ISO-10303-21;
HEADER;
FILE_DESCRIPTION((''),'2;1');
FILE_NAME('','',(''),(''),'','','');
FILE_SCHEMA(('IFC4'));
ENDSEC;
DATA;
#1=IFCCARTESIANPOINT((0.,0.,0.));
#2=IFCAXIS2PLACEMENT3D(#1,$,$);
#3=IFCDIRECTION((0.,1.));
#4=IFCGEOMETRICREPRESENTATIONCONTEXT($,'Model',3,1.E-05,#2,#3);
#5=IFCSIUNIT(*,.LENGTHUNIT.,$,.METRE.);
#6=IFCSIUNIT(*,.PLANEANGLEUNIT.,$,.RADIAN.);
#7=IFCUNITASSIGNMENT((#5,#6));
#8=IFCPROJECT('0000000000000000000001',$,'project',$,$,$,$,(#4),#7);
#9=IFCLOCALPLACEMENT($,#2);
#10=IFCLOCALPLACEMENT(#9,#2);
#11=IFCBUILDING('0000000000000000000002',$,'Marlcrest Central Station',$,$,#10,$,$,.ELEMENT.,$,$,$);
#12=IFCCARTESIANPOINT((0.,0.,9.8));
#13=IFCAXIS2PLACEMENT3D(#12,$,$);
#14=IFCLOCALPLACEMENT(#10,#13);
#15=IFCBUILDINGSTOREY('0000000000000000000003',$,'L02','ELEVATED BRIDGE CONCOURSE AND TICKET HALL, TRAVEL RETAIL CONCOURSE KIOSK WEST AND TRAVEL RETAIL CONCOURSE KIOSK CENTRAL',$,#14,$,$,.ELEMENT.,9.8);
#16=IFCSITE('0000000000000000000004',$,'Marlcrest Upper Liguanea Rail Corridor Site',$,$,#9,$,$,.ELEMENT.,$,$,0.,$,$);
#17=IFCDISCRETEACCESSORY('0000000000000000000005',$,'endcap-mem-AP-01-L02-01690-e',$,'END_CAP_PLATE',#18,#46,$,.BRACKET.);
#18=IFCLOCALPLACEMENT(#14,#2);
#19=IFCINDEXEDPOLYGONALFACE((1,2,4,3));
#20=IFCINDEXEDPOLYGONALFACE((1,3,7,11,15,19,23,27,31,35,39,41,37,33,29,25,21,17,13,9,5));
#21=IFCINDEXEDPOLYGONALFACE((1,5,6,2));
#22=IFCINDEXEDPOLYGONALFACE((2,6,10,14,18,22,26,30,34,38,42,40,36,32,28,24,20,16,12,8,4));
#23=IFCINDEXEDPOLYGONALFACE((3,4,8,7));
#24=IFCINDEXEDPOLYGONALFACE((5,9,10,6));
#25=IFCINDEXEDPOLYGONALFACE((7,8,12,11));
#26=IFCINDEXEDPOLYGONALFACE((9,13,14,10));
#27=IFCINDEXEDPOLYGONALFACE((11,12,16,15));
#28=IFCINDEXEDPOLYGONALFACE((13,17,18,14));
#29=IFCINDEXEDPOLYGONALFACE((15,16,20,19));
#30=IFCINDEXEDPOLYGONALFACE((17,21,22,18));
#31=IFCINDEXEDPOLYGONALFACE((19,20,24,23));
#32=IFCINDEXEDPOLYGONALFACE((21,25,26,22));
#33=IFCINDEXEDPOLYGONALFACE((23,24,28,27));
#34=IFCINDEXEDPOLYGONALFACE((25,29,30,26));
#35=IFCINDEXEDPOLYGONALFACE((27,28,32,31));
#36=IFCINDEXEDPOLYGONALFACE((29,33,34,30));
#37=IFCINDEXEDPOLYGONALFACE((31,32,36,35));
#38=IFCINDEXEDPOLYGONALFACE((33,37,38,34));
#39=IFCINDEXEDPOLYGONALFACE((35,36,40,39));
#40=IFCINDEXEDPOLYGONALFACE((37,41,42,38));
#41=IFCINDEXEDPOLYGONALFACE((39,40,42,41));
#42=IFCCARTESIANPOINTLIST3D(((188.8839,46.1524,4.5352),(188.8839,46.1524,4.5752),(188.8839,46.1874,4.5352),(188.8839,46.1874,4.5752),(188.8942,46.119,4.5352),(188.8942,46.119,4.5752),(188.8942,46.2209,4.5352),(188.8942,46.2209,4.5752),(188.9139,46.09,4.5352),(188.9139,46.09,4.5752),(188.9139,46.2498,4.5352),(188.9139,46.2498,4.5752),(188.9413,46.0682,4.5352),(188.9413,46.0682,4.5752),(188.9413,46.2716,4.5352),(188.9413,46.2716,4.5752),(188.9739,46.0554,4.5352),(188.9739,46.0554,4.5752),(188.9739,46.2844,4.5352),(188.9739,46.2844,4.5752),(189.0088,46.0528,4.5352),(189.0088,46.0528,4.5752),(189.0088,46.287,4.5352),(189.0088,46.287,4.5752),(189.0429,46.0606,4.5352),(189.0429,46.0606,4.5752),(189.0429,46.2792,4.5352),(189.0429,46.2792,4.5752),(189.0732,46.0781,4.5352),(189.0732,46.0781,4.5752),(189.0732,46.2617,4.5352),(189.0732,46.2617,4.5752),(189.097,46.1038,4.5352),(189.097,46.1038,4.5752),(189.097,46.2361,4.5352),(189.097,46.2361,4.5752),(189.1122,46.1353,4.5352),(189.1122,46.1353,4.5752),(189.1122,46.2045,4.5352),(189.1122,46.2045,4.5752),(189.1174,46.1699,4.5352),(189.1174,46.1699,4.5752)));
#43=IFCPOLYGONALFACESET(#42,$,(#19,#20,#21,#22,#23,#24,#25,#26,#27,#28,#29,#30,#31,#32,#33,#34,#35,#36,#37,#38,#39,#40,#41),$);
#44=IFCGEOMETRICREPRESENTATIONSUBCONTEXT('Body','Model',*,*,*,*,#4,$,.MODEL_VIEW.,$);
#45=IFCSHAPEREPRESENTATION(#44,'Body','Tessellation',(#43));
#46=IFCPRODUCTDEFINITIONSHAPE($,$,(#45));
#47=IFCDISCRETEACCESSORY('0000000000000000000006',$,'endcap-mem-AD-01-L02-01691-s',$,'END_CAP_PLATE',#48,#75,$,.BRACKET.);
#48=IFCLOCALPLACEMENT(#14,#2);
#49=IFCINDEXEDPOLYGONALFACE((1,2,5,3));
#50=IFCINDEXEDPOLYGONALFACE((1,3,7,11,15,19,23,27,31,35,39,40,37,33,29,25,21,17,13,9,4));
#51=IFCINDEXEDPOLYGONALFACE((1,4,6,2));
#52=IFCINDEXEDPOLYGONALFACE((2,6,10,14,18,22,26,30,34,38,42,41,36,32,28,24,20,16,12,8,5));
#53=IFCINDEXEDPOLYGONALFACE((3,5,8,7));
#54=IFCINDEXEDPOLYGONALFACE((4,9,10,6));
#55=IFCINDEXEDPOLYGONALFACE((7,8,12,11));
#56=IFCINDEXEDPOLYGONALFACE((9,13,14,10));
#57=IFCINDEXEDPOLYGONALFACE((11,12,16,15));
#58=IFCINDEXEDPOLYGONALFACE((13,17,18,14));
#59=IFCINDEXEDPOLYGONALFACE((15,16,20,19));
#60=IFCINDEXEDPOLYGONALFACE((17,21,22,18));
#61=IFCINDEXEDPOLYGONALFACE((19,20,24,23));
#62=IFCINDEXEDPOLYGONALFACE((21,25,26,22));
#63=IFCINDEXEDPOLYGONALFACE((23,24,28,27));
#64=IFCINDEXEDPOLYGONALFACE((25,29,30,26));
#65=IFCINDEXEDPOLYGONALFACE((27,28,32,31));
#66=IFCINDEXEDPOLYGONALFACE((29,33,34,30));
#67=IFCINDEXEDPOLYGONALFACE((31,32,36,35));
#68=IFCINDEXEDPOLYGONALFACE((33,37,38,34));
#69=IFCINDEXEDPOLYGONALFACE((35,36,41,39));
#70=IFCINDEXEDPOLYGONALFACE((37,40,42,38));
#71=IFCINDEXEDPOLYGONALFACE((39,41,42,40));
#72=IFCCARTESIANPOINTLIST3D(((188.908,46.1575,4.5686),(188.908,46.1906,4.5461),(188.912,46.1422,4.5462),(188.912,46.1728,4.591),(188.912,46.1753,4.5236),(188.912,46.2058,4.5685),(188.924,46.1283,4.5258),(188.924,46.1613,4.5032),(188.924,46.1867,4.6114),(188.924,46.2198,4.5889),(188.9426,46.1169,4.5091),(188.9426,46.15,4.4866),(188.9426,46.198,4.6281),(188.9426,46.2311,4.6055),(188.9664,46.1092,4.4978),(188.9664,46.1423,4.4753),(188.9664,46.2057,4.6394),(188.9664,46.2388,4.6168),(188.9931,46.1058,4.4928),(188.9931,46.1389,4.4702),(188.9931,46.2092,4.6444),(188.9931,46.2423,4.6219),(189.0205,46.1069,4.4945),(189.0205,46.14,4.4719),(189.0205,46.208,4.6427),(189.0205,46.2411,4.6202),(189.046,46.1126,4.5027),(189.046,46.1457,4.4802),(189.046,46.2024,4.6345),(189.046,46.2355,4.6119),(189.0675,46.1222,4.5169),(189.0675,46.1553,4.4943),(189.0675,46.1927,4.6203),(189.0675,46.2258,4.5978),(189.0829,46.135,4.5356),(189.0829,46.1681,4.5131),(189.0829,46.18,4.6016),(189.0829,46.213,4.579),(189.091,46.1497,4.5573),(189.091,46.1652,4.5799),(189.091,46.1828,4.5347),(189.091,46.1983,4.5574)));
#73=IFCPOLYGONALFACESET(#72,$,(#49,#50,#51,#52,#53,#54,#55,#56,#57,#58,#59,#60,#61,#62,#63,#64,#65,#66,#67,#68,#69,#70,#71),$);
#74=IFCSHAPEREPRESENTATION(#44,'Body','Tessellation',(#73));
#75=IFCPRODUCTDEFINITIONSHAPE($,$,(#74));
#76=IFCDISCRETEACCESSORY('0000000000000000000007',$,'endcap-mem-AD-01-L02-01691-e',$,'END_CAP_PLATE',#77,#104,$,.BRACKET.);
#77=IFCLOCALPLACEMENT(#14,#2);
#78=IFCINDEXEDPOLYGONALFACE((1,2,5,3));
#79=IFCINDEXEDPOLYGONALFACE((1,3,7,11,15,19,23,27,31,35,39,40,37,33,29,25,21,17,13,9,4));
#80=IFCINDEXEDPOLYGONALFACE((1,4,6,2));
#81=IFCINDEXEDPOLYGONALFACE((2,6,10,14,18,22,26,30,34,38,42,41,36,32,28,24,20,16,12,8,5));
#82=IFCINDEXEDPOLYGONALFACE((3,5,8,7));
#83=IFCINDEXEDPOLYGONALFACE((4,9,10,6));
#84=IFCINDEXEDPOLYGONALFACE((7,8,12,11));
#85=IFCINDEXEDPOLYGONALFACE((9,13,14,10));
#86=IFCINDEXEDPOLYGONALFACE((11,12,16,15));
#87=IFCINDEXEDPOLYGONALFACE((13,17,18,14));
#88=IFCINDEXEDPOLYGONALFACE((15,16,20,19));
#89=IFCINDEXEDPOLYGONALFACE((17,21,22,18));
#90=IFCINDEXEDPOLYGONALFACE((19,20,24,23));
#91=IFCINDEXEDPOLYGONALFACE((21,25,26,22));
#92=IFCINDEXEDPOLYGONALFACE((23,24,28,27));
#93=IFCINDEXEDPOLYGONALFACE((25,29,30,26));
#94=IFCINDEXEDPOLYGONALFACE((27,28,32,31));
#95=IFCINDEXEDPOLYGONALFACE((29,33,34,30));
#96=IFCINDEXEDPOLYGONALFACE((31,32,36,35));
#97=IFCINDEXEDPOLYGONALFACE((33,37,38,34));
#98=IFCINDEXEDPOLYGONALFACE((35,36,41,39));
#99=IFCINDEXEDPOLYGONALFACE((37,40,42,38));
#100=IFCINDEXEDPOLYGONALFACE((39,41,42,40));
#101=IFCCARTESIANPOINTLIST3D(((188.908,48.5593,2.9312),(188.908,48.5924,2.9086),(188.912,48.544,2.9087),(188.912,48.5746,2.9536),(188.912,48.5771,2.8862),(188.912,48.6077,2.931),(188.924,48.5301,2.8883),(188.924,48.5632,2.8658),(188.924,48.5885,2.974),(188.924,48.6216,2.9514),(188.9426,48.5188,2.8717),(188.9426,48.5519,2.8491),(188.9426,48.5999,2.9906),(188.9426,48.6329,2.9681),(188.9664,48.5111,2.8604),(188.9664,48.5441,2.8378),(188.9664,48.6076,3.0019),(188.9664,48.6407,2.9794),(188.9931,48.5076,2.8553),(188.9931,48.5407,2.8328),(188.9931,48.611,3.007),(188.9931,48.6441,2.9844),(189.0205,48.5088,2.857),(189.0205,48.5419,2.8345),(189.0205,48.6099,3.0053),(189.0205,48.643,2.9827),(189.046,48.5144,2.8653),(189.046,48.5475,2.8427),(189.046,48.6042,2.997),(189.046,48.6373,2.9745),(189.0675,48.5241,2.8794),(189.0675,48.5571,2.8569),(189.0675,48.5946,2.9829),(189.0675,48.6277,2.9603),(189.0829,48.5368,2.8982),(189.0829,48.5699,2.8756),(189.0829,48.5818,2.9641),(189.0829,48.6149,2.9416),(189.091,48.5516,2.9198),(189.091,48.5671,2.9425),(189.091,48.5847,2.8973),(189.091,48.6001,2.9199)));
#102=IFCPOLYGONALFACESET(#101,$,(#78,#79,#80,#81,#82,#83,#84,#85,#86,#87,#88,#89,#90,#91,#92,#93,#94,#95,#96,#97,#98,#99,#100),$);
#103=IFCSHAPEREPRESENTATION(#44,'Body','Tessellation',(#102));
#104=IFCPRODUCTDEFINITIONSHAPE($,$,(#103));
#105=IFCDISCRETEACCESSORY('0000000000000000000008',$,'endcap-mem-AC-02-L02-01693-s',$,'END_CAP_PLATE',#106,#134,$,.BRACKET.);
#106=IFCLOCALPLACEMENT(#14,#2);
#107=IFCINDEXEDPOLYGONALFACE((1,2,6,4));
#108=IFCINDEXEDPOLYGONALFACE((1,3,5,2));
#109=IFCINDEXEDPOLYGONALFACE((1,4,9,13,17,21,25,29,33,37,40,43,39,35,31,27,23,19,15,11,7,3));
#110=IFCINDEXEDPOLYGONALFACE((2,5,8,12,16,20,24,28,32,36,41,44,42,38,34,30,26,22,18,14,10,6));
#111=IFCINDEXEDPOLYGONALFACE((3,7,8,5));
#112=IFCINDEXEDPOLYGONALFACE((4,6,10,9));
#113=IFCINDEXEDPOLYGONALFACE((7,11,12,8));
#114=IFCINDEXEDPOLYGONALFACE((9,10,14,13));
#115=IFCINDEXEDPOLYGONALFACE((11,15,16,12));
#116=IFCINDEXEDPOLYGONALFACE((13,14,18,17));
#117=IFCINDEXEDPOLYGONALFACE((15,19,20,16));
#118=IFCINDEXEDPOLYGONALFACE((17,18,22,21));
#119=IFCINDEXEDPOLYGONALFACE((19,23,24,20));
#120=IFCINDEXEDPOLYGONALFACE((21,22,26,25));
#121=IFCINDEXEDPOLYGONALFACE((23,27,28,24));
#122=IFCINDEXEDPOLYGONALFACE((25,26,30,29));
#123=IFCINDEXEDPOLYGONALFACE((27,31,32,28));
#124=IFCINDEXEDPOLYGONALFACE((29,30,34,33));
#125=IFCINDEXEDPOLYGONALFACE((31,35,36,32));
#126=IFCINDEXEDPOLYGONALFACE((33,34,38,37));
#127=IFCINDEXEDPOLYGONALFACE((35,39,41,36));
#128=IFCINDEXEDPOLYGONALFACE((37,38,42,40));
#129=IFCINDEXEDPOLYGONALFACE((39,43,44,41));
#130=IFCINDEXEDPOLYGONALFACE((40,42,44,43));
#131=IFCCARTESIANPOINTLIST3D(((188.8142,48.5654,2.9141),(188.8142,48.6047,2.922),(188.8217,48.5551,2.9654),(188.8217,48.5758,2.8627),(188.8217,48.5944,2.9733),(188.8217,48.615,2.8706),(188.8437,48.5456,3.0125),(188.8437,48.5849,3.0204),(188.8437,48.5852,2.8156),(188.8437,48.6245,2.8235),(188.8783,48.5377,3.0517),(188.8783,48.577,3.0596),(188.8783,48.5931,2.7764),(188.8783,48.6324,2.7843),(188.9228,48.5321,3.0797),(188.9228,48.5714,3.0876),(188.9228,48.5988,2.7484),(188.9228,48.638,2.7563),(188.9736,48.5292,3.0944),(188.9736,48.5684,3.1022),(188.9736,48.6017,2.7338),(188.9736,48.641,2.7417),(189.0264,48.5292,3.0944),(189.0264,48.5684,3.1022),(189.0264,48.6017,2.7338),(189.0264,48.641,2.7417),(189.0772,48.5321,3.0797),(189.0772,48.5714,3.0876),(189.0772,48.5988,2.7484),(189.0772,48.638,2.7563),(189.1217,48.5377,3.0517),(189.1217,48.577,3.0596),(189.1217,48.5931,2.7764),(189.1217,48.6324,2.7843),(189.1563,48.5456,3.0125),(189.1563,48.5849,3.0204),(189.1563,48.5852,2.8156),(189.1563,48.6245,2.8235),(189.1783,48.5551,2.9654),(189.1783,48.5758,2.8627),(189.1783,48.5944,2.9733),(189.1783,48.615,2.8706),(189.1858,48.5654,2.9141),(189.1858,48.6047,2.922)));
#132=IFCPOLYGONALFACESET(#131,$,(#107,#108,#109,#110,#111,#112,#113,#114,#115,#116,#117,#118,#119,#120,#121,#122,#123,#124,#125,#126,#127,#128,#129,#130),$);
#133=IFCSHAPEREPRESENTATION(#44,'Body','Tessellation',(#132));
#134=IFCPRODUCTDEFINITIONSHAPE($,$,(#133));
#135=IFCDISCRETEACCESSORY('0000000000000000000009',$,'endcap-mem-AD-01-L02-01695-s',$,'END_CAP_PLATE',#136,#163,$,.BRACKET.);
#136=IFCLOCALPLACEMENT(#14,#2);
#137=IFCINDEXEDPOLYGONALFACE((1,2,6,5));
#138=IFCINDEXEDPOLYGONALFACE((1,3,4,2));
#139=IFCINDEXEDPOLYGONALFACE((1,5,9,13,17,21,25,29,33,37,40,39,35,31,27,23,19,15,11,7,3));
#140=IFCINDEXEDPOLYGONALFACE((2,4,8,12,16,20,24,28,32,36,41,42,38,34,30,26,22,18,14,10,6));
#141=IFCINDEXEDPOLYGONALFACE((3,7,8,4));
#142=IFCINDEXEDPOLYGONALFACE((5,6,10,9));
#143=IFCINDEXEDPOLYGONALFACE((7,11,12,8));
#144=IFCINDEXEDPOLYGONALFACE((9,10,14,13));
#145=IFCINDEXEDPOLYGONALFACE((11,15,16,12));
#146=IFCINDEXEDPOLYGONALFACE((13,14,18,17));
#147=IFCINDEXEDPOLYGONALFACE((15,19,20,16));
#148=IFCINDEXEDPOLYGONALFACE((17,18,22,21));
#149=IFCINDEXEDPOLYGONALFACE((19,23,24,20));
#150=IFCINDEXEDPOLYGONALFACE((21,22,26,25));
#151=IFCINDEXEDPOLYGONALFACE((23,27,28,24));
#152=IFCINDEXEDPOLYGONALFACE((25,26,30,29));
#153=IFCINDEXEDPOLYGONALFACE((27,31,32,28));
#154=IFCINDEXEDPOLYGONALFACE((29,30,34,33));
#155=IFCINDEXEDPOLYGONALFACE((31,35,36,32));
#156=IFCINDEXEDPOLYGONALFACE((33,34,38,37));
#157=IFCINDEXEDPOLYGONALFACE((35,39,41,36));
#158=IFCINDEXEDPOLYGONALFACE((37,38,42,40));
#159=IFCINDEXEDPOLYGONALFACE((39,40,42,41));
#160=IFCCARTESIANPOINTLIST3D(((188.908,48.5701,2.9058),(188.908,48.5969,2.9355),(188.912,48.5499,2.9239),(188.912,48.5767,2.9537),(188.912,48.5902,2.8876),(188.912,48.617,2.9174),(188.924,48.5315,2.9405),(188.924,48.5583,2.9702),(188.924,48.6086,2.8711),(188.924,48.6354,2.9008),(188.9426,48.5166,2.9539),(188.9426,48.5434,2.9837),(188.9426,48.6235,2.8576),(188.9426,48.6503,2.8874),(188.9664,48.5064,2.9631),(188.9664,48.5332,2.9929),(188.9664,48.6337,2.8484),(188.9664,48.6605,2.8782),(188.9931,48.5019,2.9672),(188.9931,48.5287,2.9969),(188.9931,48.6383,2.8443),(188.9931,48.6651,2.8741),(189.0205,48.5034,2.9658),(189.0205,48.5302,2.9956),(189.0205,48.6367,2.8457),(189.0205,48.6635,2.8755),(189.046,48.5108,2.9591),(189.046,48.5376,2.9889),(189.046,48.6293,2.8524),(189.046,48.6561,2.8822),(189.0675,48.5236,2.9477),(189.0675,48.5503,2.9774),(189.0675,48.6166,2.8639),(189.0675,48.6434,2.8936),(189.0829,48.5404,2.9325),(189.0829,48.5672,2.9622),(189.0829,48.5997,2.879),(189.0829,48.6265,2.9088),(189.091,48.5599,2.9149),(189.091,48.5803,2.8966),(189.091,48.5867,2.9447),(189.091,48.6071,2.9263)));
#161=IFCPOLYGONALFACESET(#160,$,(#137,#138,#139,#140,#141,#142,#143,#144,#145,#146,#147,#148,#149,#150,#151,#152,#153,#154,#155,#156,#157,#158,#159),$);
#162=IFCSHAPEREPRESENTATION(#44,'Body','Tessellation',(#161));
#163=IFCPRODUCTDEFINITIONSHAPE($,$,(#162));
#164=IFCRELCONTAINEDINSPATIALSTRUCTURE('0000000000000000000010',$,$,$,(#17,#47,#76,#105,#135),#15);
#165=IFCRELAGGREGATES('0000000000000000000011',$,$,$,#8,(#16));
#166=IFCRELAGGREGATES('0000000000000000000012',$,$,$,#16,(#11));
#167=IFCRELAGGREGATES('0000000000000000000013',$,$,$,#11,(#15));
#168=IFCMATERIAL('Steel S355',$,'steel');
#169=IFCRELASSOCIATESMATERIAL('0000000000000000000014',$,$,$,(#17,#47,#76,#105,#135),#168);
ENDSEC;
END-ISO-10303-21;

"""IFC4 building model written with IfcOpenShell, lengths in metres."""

from ifc_helpers import new_model, si_unit, direction, frame, origin, origin_2d, place, context, subcontext, project, spatial, circle, extrude, material, element, save


model = new_model("IFC4")

# Units and contexts
model_context = context("Model", 3, precision=1e-05, world=origin(), true_north=direction((0.0, 1.0)))
body_context = subcontext(model_context, "Body", "Model", "MODEL_VIEW")
ifc_project = project(units=[si_unit("LENGTHUNIT", "METRE"), si_unit("PLANEANGLEUNIT", "RADIAN")], contexts=[model_context])

# Site, building, storey
site_placement = place(None, origin())
site = spatial("IfcSite", under=ifc_project, at=site_placement, Name="Marlcrest Upper Liguanea Rail Corridor Site", CompositionType="ELEMENT", RefElevation=0.0)
building_placement = place(site_placement, origin())
building = spatial("IfcBuilding", under=site, at=building_placement, Name="Marlcrest Central Station", CompositionType="ELEMENT")
storey_placement = place(building_placement, frame((0.0, 0.0, 9.8)))
storey = spatial("IfcBuildingStorey", under=building, at=storey_placement, Name="L02", Description="ELEVATED BRIDGE CONCOURSE AND TICKET HALL, TRAVEL RETAIL CONCOURSE KIOSK WEST AND TRAVEL RETAIL CONCOURSE KIOSK CENTRAL", CompositionType="ELEMENT", Elevation=9.8)

# Shared definitions
ifc_material_1 = material(Name="Steel S355", Category="steel")

# Discrete accessories
for number, where, z_axis, x_axis, name in (
    (1, (189.0, 46.1699, 4.5352), (0.0, 0.0, 1.0), (1.0, 0.0, 0.0), "endcap-mem-AP-01-L02-01690-e"),
):
    element("IfcDiscreteAccessory", number, at=place(storey_placement, frame(where, z_axis=z_axis, x_axis=x_axis)), inside=storey, material=ifc_material_1, Name=name, ObjectType="END_CAP_PLATE", PredefinedType="BRACKET", context=body_context, shape_type="SweptSolid", body=[
        extrude(circle(Radius=0.1174, at=origin_2d()), origin(), (0.0, 0.0, 1.0), 0.04),
    ])
for number, where, z_axis, x_axis, name in (
    (2, (189.0, 46.1575, 4.5686), (0.0, 0.826263, -0.563285), (-1.0, 0.0, 0.0), "endcap-mem-AD-01-L02-01691-s"),
    (3, (189.0, 48.5593, 2.9312), (0.0, 0.826263, -0.563285), (-1.0, 0.0, 0.0), "endcap-mem-AD-01-L02-01691-e"),
):
    element("IfcDiscreteAccessory", number, at=place(storey_placement, frame(where, z_axis=z_axis, x_axis=x_axis)), inside=storey, material=ifc_material_1, Name=name, ObjectType="END_CAP_PLATE", PredefinedType="BRACKET", context=body_context, shape_type="SweptSolid", body=[
        extrude(circle(Radius=0.092, at=origin_2d()), origin(), (0.0, 0.0, 1.0), 0.04),
    ])
discrete_accessory_1_placement = place(storey_placement, frame((189.0, 48.5654, 2.9141), z_axis=(0.0, 0.980359, 0.197219), x_axis=(-1.0, 0.0, 0.0)))
element("IfcDiscreteAccessory", 4, at=discrete_accessory_1_placement, inside=storey, material=ifc_material_1, Name="endcap-mem-AC-02-L02-01693-s", ObjectType="END_CAP_PLATE", PredefinedType="BRACKET", context=body_context, shape_type="SweptSolid", body=[
    extrude(circle(Radius=0.1858, at=origin_2d()), origin(), (0.0, 0.0, 1.0), 0.04),
])
discrete_accessory_2_placement = place(storey_placement, frame((189.0, 48.5701, 2.9058), z_axis=(0.0, 0.669244, 0.743042), x_axis=(-1.0, 0.0, 0.0)))
element("IfcDiscreteAccessory", 5, at=discrete_accessory_2_placement, inside=storey, material=ifc_material_1, Name="endcap-mem-AD-01-L02-01695-s", ObjectType="END_CAP_PLATE", PredefinedType="BRACKET", context=body_context, shape_type="SweptSolid", body=[
    extrude(circle(Radius=0.092, at=origin_2d()), origin(), (0.0, 0.0, 1.0), 0.04),
])

save(model, "model.ifc")
